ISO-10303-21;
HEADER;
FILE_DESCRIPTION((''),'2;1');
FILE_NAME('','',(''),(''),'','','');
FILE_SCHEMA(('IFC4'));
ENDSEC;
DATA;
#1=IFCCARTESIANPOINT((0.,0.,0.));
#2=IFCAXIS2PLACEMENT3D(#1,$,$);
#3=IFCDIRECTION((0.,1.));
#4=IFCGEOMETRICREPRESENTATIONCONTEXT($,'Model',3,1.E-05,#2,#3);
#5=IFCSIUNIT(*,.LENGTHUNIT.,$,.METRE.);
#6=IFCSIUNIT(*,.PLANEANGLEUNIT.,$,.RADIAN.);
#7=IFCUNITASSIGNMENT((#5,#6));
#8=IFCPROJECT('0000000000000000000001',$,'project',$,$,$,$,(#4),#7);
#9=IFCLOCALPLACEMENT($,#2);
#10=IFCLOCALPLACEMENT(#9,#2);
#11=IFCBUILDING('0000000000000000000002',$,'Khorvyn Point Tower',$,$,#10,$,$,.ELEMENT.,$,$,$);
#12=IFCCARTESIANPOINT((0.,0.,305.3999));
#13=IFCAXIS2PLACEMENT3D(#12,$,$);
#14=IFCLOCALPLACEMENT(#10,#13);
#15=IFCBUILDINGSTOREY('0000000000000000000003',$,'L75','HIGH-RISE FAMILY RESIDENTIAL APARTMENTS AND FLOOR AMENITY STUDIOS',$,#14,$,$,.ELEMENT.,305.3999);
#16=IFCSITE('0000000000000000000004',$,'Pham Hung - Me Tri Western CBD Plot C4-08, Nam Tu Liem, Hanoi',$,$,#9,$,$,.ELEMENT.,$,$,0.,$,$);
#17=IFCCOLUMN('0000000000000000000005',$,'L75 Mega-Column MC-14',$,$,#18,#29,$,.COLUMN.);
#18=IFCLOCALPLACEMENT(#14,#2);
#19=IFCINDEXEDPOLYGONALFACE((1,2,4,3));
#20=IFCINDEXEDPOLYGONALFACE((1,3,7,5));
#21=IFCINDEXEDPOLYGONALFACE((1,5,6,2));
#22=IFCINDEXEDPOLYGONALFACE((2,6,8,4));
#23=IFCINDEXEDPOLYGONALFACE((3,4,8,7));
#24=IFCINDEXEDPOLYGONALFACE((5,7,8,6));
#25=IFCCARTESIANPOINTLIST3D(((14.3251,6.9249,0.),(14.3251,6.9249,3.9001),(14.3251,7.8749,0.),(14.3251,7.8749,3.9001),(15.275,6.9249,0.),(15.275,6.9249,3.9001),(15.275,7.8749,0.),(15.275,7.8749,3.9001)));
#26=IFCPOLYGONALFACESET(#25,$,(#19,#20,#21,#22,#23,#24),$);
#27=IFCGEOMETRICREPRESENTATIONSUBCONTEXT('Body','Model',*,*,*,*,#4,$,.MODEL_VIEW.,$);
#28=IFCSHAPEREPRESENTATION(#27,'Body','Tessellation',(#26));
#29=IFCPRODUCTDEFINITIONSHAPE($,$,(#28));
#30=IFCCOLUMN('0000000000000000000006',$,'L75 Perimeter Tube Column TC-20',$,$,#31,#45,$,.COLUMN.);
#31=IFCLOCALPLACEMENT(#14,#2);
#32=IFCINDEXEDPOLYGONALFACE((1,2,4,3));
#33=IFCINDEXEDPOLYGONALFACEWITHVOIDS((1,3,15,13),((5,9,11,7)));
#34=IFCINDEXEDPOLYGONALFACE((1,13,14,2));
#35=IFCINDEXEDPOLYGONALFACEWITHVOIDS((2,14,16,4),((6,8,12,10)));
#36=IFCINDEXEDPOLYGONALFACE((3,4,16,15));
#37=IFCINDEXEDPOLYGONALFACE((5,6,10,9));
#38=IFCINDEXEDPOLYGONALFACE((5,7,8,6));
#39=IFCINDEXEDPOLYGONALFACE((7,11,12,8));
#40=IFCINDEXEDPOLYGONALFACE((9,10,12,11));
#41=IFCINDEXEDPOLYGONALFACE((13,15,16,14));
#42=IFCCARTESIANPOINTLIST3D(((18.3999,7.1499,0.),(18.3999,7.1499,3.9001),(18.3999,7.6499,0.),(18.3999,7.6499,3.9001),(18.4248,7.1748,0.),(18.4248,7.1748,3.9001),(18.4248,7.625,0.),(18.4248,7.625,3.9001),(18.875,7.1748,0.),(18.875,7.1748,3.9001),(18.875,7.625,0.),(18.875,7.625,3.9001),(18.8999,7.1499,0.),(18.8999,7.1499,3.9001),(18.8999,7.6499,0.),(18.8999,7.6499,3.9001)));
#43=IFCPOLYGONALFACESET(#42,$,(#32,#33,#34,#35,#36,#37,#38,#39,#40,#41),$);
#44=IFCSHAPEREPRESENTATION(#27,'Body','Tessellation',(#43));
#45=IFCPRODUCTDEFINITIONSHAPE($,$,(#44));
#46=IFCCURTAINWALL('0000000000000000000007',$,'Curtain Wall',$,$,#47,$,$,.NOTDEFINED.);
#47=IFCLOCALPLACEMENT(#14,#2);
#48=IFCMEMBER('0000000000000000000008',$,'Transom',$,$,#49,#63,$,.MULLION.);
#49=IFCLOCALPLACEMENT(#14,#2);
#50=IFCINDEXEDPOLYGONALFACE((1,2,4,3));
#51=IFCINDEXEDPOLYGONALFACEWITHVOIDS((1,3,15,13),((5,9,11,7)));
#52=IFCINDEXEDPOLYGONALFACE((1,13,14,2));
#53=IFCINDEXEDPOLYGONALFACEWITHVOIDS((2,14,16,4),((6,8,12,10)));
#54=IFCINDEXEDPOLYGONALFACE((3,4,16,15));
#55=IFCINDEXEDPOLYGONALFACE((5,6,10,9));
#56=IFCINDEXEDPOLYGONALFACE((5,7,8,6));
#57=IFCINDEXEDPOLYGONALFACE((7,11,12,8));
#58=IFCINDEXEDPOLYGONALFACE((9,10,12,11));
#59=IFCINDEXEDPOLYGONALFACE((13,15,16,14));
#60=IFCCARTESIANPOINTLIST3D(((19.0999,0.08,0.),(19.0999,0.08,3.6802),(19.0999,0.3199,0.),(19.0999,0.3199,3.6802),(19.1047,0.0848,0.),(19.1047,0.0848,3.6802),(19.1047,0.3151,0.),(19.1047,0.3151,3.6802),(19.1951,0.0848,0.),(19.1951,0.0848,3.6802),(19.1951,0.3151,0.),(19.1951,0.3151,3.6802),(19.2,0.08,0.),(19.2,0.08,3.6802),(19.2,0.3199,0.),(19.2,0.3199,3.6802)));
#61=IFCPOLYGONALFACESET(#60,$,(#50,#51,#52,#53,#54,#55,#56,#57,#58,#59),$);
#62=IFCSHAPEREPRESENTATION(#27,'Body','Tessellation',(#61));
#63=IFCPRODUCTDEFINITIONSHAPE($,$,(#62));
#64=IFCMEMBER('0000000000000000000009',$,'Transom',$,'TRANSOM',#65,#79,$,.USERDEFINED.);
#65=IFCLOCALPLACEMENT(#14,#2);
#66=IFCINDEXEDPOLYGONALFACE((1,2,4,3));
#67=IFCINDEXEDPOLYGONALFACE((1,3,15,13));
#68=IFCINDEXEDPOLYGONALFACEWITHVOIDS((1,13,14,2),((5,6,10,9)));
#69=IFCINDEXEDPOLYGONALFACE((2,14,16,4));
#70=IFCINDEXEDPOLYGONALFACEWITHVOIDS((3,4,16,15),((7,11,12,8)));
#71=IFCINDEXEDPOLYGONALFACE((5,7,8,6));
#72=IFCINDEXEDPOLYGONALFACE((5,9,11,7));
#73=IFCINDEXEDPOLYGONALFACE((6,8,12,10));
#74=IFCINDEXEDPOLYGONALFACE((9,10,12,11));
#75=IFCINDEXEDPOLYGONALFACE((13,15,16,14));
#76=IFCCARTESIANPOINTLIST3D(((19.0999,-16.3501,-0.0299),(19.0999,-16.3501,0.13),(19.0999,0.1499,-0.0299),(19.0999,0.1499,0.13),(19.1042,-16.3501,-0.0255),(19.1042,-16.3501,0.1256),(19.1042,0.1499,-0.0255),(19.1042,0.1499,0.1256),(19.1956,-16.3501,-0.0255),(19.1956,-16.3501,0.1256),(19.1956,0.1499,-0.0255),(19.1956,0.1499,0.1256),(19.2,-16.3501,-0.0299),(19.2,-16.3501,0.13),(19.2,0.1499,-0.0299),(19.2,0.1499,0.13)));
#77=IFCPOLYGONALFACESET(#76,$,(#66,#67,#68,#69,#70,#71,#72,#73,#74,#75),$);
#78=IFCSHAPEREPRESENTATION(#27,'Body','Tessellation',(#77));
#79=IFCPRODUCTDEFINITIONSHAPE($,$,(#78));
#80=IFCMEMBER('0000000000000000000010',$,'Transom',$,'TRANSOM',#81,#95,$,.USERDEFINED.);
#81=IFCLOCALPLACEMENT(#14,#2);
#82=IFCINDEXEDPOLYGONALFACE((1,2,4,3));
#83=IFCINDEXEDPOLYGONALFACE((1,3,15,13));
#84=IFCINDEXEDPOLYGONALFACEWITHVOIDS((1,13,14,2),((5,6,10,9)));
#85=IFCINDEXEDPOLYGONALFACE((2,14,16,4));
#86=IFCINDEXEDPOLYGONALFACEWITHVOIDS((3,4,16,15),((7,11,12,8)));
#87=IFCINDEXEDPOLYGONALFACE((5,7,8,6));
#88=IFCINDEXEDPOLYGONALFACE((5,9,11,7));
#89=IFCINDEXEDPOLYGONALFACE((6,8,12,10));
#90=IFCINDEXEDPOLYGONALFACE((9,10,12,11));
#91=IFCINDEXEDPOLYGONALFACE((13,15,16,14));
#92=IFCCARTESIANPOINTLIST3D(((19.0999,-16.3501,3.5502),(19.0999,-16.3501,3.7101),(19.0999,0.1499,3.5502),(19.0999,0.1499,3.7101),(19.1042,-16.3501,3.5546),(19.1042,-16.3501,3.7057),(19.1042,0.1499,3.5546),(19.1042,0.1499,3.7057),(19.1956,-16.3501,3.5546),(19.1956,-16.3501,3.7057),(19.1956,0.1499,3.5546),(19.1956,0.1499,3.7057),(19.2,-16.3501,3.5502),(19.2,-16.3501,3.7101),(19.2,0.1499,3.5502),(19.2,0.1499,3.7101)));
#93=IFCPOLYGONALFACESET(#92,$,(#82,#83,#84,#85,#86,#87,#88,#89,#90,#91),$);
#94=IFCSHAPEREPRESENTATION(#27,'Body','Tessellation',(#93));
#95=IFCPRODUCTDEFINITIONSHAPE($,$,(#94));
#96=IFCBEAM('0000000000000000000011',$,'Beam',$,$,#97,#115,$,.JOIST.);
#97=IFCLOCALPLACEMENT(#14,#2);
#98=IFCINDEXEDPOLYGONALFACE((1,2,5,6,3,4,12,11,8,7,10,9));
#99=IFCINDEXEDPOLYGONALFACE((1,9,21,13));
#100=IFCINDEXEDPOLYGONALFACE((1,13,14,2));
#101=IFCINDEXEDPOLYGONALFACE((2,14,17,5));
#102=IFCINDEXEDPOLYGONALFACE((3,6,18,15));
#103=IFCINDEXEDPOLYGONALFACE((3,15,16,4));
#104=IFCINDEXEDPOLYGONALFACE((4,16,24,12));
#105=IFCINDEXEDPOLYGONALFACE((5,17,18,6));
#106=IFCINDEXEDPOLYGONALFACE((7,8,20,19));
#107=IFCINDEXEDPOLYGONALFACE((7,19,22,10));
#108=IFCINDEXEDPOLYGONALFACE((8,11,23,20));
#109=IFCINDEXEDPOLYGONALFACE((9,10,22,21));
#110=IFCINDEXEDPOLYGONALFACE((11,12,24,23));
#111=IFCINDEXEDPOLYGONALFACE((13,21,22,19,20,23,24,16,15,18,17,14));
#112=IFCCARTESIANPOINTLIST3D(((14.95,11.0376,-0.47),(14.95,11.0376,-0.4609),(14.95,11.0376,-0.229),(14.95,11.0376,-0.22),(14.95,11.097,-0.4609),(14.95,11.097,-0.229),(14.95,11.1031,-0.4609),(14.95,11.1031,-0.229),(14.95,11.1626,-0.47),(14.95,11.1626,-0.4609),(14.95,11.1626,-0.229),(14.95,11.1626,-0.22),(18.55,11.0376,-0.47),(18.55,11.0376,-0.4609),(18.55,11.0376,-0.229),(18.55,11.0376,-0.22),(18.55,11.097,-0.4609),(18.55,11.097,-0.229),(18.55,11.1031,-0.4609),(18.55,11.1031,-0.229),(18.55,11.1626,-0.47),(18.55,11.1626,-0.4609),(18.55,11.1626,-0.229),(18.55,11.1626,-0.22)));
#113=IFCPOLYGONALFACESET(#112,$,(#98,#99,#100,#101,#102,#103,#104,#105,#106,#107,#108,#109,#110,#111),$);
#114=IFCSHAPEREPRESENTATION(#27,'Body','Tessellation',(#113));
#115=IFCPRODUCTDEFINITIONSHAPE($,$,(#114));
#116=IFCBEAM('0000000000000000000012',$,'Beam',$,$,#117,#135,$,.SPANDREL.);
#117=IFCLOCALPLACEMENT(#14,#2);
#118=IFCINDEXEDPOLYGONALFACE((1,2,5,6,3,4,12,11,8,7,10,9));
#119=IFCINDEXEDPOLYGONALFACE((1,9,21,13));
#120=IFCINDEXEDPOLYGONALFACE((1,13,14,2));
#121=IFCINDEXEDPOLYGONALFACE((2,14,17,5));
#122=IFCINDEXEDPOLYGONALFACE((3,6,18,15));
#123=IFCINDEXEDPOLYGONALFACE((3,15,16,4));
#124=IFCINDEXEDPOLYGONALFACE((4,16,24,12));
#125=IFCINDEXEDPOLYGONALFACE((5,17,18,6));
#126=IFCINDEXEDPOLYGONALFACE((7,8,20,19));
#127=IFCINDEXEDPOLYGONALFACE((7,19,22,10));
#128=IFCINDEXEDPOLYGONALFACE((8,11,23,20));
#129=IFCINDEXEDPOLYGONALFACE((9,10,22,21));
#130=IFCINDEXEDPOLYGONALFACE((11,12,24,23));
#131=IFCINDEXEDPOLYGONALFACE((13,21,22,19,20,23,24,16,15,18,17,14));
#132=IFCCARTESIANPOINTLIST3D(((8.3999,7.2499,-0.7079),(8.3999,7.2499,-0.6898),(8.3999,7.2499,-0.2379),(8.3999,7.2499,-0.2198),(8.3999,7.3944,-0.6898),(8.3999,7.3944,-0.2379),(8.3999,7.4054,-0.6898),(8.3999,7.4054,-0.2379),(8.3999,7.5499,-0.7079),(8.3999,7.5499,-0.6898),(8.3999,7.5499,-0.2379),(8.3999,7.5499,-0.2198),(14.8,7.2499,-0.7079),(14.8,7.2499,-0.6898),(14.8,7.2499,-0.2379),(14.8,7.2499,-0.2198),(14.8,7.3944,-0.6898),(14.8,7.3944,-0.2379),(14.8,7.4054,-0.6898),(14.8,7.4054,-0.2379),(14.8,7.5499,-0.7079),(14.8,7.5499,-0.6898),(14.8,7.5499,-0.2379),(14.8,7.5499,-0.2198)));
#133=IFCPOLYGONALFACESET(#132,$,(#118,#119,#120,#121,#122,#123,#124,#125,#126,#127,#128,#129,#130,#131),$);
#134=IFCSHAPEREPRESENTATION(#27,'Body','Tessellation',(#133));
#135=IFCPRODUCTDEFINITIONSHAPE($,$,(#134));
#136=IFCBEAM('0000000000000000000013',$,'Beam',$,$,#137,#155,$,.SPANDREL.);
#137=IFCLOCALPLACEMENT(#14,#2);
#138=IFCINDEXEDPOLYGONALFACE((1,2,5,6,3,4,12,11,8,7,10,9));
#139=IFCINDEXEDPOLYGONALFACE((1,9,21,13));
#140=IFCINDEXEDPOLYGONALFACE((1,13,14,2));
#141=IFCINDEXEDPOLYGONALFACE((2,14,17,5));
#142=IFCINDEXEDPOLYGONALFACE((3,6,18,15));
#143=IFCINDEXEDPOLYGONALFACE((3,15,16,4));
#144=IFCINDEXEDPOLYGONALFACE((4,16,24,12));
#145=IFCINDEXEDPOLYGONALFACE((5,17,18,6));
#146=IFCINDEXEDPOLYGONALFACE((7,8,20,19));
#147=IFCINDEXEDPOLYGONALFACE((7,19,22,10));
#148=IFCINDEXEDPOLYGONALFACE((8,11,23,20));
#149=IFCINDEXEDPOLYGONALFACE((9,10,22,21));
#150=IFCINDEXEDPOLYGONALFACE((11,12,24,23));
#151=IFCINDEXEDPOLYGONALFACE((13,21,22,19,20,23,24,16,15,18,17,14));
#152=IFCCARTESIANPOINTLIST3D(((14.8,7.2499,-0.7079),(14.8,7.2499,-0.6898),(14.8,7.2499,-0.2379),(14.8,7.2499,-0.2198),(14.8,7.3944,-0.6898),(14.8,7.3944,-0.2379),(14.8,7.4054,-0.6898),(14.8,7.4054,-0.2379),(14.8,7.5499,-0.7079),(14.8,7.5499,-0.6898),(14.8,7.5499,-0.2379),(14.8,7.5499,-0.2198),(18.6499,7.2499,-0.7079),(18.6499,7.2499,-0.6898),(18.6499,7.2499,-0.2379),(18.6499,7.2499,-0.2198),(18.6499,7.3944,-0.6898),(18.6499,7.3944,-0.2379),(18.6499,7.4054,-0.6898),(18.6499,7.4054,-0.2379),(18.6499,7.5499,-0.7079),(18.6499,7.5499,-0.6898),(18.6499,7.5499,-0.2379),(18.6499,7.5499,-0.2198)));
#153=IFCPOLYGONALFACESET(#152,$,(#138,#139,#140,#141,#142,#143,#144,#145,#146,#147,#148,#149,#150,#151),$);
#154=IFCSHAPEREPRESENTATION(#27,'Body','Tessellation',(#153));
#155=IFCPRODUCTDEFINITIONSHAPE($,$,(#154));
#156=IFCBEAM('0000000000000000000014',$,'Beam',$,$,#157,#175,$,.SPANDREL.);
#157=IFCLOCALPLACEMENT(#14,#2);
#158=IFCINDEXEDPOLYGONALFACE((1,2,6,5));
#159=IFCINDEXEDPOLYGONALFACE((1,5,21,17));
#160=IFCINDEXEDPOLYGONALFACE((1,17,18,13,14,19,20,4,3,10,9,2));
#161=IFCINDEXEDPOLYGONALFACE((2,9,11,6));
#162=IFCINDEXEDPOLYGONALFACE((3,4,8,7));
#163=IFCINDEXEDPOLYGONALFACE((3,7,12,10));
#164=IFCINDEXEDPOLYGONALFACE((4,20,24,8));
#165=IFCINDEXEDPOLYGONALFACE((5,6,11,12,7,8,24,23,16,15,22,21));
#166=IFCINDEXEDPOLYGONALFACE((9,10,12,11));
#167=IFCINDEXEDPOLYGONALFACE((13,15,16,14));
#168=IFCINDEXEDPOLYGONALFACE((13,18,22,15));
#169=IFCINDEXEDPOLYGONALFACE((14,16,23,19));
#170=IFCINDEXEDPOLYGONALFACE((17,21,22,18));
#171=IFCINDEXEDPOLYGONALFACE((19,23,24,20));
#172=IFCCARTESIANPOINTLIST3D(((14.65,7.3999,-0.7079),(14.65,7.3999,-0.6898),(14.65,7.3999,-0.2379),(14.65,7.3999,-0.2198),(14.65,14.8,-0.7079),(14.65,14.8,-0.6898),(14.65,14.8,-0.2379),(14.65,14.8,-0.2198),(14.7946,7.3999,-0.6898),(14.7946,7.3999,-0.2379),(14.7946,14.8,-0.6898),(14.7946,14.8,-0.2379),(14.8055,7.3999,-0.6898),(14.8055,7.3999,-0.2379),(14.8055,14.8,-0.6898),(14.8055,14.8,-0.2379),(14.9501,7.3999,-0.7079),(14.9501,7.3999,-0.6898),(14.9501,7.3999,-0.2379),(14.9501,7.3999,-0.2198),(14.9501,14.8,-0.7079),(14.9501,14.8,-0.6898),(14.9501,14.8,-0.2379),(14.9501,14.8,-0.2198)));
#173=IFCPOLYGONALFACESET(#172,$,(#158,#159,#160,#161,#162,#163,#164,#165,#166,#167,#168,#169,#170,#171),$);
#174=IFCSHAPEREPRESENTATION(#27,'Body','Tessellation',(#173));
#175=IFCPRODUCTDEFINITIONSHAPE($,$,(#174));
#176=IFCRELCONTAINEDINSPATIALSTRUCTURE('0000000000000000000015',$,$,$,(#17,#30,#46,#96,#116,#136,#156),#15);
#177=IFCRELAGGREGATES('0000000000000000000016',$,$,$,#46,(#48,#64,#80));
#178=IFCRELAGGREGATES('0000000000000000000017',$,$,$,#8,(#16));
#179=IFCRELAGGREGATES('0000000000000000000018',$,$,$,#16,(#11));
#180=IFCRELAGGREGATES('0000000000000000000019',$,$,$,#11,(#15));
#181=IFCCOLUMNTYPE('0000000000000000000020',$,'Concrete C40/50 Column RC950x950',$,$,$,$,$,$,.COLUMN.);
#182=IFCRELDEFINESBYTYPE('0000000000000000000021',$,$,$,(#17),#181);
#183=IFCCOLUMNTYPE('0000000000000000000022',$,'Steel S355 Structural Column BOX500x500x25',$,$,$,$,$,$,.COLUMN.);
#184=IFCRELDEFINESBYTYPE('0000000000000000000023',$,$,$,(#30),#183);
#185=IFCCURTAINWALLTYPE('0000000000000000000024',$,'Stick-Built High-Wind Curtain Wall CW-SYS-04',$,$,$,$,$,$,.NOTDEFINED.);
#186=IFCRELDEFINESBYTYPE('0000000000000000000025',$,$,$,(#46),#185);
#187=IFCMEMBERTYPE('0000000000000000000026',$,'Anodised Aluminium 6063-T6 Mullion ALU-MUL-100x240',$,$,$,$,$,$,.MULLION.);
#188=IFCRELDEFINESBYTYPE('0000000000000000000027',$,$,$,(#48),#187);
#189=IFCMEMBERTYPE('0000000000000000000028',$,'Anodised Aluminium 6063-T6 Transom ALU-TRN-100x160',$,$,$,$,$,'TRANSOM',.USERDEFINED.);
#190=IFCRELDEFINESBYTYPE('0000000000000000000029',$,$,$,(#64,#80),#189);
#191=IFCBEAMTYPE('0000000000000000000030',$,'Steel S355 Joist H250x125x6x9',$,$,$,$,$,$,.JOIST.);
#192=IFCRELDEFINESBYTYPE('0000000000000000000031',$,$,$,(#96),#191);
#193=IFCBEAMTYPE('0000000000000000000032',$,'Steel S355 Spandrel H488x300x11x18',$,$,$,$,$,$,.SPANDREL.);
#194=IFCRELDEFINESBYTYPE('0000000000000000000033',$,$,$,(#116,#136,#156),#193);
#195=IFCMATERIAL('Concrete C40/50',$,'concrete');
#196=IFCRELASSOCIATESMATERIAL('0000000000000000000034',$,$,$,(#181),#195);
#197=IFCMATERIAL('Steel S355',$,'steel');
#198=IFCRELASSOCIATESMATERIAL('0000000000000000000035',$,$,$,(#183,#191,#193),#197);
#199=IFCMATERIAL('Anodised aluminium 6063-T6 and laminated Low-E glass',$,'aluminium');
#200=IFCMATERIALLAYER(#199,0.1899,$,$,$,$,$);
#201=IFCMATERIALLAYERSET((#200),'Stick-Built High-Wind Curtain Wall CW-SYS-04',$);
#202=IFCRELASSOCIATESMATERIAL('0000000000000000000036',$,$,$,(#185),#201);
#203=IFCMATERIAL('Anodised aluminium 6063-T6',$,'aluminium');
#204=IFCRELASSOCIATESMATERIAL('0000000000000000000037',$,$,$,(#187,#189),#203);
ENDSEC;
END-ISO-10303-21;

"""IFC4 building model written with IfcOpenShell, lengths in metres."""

from ifc_helpers import new_model, si_unit, direction, frame, origin, origin_2d, place, context, subcontext, project, spatial, rectangle, hollow_rectangle, i_section, extrude, material, layer, layer_set, material_profile, profile_set, type_object, element, aggregate, save


model = new_model("IFC4")

# Units and contexts
model_context = context("Model", 3, precision=1e-05, world=origin(), true_north=direction((0.0, 1.0)))
body_context = subcontext(model_context, "Body", "Model", "MODEL_VIEW")
ifc_project = project(units=[si_unit("LENGTHUNIT", "METRE"), si_unit("PLANEANGLEUNIT", "RADIAN")], contexts=[model_context])

# Site, building, storey
site_placement = place(None, origin())
site = spatial("IfcSite", under=ifc_project, at=site_placement, Name="Pham Hung - Me Tri Western CBD Plot C4-08, Nam Tu Liem, Hanoi", CompositionType="ELEMENT", RefElevation=0.0)
building_placement = place(site_placement, origin())
building = spatial("IfcBuilding", under=site, at=building_placement, Name="Khorvyn Point Tower", CompositionType="ELEMENT")
storey_placement = place(building_placement, frame((0.0, 0.0, 305.3999)))
storey = spatial("IfcBuildingStorey", under=building, at=storey_placement, Name="L75", Description="HIGH-RISE FAMILY RESIDENTIAL APARTMENTS AND FLOOR AMENITY STUDIOS", CompositionType="ELEMENT", Elevation=305.3999)

# Columns
ifc_material_1 = material(Name="Concrete C40/50", Category="concrete")
ifc_material_profile_1 = material_profile(ifc_material_1, rectangle(XDim=0.95, YDim=0.95, at=origin_2d()))
ifc_profile_set_1 = profile_set([ifc_material_profile_1], Name="Concrete C40/50 RC950x950")
column_type_1 = type_object("IfcColumnType", Name="Concrete C40/50 Column RC950x950", PredefinedType="COLUMN", material=ifc_profile_set_1)
column_1_placement = place(storey_placement, frame((14.8, 7.3999, 0.0), z_axis=(0.0, 0.0, 1.0), x_axis=(1.0, 0.0, 0.0)))
element("IfcColumn", 1, at=column_1_placement, inside=storey, type_object=column_type_1, Name="L75 Mega-Column MC-14", PredefinedType="COLUMN", context=body_context, shape_type="SweptSolid", body=[
    extrude(rectangle(XDim=0.95, YDim=0.95, at=origin_2d()), origin(), (0.0, 0.0, 1.0), 3.9001),
])
ifc_material_2 = material(Name="Steel S355", Category="steel")
ifc_material_profile_2 = material_profile(ifc_material_2, hollow_rectangle(XDim=0.5, YDim=0.5, WallThickness=0.0249, at=origin_2d()))
ifc_profile_set_2 = profile_set([ifc_material_profile_2], Name="Steel S355 BOX500x500x25")
column_type_2 = type_object("IfcColumnType", Name="Steel S355 Structural Column BOX500x500x25", PredefinedType="COLUMN", material=ifc_profile_set_2)
column_2_placement = place(storey_placement, frame((18.6499, 7.3999, 0.0), z_axis=(0.0, 0.0, 1.0), x_axis=(1.0, 0.0, 0.0)))
element("IfcColumn", 2, at=column_2_placement, inside=storey, type_object=column_type_2, Name="L75 Perimeter Tube Column TC-20", PredefinedType="COLUMN", context=body_context, shape_type="SweptSolid", body=[
    extrude(hollow_rectangle(XDim=0.5, YDim=0.5, WallThickness=0.0249, at=origin_2d()), origin(), (0.0, 0.0, 1.0), 3.9001),
])

# Curtain wall, members
ifc_material_3 = material(Name="Anodised aluminium 6063-T6 and laminated Low-E glass", Category="aluminium")
ifc_layer_1 = layer(ifc_material_3, 0.1899)
ifc_layer_set_1 = layer_set([ifc_layer_1], Name="Stick-Built High-Wind Curtain Wall CW-SYS-04")
curtain_wall_type = type_object("IfcCurtainWallType", Name="Stick-Built High-Wind Curtain Wall CW-SYS-04", PredefinedType="NOTDEFINED", material=ifc_layer_set_1)
curtain_wall_placement = place(storey_placement, origin())
curtain_wall = element("IfcCurtainWall", 3, at=curtain_wall_placement, inside=storey, type_object=curtain_wall_type, Name="Curtain Wall", PredefinedType="NOTDEFINED")
ifc_material_4 = material(Name="Anodised aluminium 6063-T6", Category="aluminium")
ifc_material_profile_3 = material_profile(ifc_material_4, hollow_rectangle(XDim=0.1001, YDim=0.24, WallThickness=0.0049, at=origin_2d()))
ifc_profile_set_3 = profile_set([ifc_material_profile_3], Name="Anodised aluminium 6063-T6 ALU-MUL-100x240")
member_type_1 = type_object("IfcMemberType", Name="Anodised Aluminium 6063-T6 Mullion ALU-MUL-100x240", PredefinedType="MULLION", material=ifc_profile_set_3)
member_1_placement = place(storey_placement, frame((19.1499, 0.2, 0.0), z_axis=(0.0, 0.0, 1.0), x_axis=(1.0, 0.0, 0.0)))
member_1 = element("IfcMember", 4, at=member_1_placement, type_object=member_type_1, Name="Transom", PredefinedType="MULLION", context=body_context, shape_type="SweptSolid", body=[
    extrude(hollow_rectangle(XDim=0.1001, YDim=0.24, WallThickness=0.0049, at=origin_2d()), origin(), (0.0, 0.0, 1.0), 3.6802),
])
ifc_material_profile_4 = material_profile(ifc_material_4, hollow_rectangle(XDim=0.1001, YDim=0.1599, WallThickness=0.0044, at=origin_2d()))
ifc_profile_set_4 = profile_set([ifc_material_profile_4], Name="Anodised aluminium 6063-T6 ALU-TRN-100x160")
member_type_2 = type_object("IfcMemberType", Name="Anodised Aluminium 6063-T6 Transom ALU-TRN-100x160", ElementType="TRANSOM", PredefinedType="USERDEFINED", material=ifc_profile_set_4)
member_2_placement = place(storey_placement, frame((19.1499, 0.1499, 0.05), z_axis=(0.0, -1.0, 0.0), x_axis=(1.0, 0.0, 0.0)))
member_2 = element("IfcMember", 5, at=member_2_placement, type_object=member_type_2, Name="Transom", ObjectType="TRANSOM", PredefinedType="USERDEFINED", context=body_context, shape_type="SweptSolid", body=[
    extrude(hollow_rectangle(XDim=0.1001, YDim=0.1599, WallThickness=0.0044, at=origin_2d()), origin(), (0.0, 0.0, 1.0), 16.5),
])
member_3_placement = place(storey_placement, frame((19.1499, 0.1499, 3.6301), z_axis=(0.0, -1.0, 0.0), x_axis=(1.0, 0.0, 0.0)))
member_3 = element("IfcMember", 6, at=member_3_placement, type_object=member_type_2, Name="Transom", ObjectType="TRANSOM", PredefinedType="USERDEFINED", context=body_context, shape_type="SweptSolid", body=[
    extrude(hollow_rectangle(XDim=0.1001, YDim=0.1599, WallThickness=0.0044, at=origin_2d()), origin(), (0.0, 0.0, 1.0), 16.5),
])

# Beams
ifc_material_profile_5 = material_profile(ifc_material_2, i_section(OverallWidth=0.125, OverallDepth=0.25, WebThickness=0.0061, FlangeThickness=0.009, at=origin_2d()))
ifc_profile_set_5 = profile_set([ifc_material_profile_5], Name="Steel S355 H250x125x6x9")
beam_type_1 = type_object("IfcBeamType", Name="Steel S355 Joist H250x125x6x9", PredefinedType="JOIST", material=ifc_profile_set_5)
beam_1_placement = place(storey_placement, frame((14.95, 11.1001, -0.345), z_axis=(1.0, 0.0, 0.0), x_axis=(0.0, 1.0, 0.0)))
element("IfcBeam", 7, at=beam_1_placement, inside=storey, type_object=beam_type_1, Name="Beam", PredefinedType="JOIST", context=body_context, shape_type="SweptSolid", body=[
    extrude(i_section(OverallWidth=0.125, OverallDepth=0.25, WebThickness=0.0061, FlangeThickness=0.009, at=origin_2d()), origin(), (0.0, 0.0, 1.0), 3.6001),
])
ifc_material_profile_6 = material_profile(ifc_material_2, i_section(OverallWidth=0.3, OverallDepth=0.488, WebThickness=0.011, FlangeThickness=0.0181, at=origin_2d()))
ifc_profile_set_6 = profile_set([ifc_material_profile_6], Name="Steel S355 H488x300x11x18")
beam_type_2 = type_object("IfcBeamType", Name="Steel S355 Spandrel H488x300x11x18", PredefinedType="SPANDREL", material=ifc_profile_set_6)
beam_2_placement = place(storey_placement, frame((8.3999, 7.3999, -0.4639), z_axis=(1.0, 0.0, 0.0), x_axis=(0.0, 1.0, 0.0)))
element("IfcBeam", 8, at=beam_2_placement, inside=storey, type_object=beam_type_2, Name="Beam", PredefinedType="SPANDREL", context=body_context, shape_type="SweptSolid", body=[
    extrude(i_section(OverallWidth=0.3, OverallDepth=0.488, WebThickness=0.011, FlangeThickness=0.0181, at=origin_2d()), origin(), (0.0, 0.0, 1.0), 6.4001),
])
beam_3_placement = place(storey_placement, frame((14.8, 7.3999, -0.4639), z_axis=(1.0, 0.0, 0.0), x_axis=(0.0, 1.0, 0.0)))
element("IfcBeam", 9, at=beam_3_placement, inside=storey, type_object=beam_type_2, Name="Beam", PredefinedType="SPANDREL", context=body_context, shape_type="SweptSolid", body=[
    extrude(i_section(OverallWidth=0.3, OverallDepth=0.488, WebThickness=0.011, FlangeThickness=0.0181, at=origin_2d()), origin(), (0.0, 0.0, 1.0), 3.8499),
])
beam_4_placement = place(storey_placement, frame((14.8, 7.3999, -0.4639), z_axis=(0.0, 1.0, 0.0), x_axis=(-1.0, 0.0, 0.0)))
element("IfcBeam", 10, at=beam_4_placement, inside=storey, type_object=beam_type_2, Name="Beam", PredefinedType="SPANDREL", context=body_context, shape_type="SweptSolid", body=[
    extrude(i_section(OverallWidth=0.3, OverallDepth=0.488, WebThickness=0.011, FlangeThickness=0.0181, at=origin_2d()), origin(), (0.0, 0.0, 1.0), 7.4001),
])

aggregate(curtain_wall, [member_1, member_2, member_3])

save(model, "model.ifc")
